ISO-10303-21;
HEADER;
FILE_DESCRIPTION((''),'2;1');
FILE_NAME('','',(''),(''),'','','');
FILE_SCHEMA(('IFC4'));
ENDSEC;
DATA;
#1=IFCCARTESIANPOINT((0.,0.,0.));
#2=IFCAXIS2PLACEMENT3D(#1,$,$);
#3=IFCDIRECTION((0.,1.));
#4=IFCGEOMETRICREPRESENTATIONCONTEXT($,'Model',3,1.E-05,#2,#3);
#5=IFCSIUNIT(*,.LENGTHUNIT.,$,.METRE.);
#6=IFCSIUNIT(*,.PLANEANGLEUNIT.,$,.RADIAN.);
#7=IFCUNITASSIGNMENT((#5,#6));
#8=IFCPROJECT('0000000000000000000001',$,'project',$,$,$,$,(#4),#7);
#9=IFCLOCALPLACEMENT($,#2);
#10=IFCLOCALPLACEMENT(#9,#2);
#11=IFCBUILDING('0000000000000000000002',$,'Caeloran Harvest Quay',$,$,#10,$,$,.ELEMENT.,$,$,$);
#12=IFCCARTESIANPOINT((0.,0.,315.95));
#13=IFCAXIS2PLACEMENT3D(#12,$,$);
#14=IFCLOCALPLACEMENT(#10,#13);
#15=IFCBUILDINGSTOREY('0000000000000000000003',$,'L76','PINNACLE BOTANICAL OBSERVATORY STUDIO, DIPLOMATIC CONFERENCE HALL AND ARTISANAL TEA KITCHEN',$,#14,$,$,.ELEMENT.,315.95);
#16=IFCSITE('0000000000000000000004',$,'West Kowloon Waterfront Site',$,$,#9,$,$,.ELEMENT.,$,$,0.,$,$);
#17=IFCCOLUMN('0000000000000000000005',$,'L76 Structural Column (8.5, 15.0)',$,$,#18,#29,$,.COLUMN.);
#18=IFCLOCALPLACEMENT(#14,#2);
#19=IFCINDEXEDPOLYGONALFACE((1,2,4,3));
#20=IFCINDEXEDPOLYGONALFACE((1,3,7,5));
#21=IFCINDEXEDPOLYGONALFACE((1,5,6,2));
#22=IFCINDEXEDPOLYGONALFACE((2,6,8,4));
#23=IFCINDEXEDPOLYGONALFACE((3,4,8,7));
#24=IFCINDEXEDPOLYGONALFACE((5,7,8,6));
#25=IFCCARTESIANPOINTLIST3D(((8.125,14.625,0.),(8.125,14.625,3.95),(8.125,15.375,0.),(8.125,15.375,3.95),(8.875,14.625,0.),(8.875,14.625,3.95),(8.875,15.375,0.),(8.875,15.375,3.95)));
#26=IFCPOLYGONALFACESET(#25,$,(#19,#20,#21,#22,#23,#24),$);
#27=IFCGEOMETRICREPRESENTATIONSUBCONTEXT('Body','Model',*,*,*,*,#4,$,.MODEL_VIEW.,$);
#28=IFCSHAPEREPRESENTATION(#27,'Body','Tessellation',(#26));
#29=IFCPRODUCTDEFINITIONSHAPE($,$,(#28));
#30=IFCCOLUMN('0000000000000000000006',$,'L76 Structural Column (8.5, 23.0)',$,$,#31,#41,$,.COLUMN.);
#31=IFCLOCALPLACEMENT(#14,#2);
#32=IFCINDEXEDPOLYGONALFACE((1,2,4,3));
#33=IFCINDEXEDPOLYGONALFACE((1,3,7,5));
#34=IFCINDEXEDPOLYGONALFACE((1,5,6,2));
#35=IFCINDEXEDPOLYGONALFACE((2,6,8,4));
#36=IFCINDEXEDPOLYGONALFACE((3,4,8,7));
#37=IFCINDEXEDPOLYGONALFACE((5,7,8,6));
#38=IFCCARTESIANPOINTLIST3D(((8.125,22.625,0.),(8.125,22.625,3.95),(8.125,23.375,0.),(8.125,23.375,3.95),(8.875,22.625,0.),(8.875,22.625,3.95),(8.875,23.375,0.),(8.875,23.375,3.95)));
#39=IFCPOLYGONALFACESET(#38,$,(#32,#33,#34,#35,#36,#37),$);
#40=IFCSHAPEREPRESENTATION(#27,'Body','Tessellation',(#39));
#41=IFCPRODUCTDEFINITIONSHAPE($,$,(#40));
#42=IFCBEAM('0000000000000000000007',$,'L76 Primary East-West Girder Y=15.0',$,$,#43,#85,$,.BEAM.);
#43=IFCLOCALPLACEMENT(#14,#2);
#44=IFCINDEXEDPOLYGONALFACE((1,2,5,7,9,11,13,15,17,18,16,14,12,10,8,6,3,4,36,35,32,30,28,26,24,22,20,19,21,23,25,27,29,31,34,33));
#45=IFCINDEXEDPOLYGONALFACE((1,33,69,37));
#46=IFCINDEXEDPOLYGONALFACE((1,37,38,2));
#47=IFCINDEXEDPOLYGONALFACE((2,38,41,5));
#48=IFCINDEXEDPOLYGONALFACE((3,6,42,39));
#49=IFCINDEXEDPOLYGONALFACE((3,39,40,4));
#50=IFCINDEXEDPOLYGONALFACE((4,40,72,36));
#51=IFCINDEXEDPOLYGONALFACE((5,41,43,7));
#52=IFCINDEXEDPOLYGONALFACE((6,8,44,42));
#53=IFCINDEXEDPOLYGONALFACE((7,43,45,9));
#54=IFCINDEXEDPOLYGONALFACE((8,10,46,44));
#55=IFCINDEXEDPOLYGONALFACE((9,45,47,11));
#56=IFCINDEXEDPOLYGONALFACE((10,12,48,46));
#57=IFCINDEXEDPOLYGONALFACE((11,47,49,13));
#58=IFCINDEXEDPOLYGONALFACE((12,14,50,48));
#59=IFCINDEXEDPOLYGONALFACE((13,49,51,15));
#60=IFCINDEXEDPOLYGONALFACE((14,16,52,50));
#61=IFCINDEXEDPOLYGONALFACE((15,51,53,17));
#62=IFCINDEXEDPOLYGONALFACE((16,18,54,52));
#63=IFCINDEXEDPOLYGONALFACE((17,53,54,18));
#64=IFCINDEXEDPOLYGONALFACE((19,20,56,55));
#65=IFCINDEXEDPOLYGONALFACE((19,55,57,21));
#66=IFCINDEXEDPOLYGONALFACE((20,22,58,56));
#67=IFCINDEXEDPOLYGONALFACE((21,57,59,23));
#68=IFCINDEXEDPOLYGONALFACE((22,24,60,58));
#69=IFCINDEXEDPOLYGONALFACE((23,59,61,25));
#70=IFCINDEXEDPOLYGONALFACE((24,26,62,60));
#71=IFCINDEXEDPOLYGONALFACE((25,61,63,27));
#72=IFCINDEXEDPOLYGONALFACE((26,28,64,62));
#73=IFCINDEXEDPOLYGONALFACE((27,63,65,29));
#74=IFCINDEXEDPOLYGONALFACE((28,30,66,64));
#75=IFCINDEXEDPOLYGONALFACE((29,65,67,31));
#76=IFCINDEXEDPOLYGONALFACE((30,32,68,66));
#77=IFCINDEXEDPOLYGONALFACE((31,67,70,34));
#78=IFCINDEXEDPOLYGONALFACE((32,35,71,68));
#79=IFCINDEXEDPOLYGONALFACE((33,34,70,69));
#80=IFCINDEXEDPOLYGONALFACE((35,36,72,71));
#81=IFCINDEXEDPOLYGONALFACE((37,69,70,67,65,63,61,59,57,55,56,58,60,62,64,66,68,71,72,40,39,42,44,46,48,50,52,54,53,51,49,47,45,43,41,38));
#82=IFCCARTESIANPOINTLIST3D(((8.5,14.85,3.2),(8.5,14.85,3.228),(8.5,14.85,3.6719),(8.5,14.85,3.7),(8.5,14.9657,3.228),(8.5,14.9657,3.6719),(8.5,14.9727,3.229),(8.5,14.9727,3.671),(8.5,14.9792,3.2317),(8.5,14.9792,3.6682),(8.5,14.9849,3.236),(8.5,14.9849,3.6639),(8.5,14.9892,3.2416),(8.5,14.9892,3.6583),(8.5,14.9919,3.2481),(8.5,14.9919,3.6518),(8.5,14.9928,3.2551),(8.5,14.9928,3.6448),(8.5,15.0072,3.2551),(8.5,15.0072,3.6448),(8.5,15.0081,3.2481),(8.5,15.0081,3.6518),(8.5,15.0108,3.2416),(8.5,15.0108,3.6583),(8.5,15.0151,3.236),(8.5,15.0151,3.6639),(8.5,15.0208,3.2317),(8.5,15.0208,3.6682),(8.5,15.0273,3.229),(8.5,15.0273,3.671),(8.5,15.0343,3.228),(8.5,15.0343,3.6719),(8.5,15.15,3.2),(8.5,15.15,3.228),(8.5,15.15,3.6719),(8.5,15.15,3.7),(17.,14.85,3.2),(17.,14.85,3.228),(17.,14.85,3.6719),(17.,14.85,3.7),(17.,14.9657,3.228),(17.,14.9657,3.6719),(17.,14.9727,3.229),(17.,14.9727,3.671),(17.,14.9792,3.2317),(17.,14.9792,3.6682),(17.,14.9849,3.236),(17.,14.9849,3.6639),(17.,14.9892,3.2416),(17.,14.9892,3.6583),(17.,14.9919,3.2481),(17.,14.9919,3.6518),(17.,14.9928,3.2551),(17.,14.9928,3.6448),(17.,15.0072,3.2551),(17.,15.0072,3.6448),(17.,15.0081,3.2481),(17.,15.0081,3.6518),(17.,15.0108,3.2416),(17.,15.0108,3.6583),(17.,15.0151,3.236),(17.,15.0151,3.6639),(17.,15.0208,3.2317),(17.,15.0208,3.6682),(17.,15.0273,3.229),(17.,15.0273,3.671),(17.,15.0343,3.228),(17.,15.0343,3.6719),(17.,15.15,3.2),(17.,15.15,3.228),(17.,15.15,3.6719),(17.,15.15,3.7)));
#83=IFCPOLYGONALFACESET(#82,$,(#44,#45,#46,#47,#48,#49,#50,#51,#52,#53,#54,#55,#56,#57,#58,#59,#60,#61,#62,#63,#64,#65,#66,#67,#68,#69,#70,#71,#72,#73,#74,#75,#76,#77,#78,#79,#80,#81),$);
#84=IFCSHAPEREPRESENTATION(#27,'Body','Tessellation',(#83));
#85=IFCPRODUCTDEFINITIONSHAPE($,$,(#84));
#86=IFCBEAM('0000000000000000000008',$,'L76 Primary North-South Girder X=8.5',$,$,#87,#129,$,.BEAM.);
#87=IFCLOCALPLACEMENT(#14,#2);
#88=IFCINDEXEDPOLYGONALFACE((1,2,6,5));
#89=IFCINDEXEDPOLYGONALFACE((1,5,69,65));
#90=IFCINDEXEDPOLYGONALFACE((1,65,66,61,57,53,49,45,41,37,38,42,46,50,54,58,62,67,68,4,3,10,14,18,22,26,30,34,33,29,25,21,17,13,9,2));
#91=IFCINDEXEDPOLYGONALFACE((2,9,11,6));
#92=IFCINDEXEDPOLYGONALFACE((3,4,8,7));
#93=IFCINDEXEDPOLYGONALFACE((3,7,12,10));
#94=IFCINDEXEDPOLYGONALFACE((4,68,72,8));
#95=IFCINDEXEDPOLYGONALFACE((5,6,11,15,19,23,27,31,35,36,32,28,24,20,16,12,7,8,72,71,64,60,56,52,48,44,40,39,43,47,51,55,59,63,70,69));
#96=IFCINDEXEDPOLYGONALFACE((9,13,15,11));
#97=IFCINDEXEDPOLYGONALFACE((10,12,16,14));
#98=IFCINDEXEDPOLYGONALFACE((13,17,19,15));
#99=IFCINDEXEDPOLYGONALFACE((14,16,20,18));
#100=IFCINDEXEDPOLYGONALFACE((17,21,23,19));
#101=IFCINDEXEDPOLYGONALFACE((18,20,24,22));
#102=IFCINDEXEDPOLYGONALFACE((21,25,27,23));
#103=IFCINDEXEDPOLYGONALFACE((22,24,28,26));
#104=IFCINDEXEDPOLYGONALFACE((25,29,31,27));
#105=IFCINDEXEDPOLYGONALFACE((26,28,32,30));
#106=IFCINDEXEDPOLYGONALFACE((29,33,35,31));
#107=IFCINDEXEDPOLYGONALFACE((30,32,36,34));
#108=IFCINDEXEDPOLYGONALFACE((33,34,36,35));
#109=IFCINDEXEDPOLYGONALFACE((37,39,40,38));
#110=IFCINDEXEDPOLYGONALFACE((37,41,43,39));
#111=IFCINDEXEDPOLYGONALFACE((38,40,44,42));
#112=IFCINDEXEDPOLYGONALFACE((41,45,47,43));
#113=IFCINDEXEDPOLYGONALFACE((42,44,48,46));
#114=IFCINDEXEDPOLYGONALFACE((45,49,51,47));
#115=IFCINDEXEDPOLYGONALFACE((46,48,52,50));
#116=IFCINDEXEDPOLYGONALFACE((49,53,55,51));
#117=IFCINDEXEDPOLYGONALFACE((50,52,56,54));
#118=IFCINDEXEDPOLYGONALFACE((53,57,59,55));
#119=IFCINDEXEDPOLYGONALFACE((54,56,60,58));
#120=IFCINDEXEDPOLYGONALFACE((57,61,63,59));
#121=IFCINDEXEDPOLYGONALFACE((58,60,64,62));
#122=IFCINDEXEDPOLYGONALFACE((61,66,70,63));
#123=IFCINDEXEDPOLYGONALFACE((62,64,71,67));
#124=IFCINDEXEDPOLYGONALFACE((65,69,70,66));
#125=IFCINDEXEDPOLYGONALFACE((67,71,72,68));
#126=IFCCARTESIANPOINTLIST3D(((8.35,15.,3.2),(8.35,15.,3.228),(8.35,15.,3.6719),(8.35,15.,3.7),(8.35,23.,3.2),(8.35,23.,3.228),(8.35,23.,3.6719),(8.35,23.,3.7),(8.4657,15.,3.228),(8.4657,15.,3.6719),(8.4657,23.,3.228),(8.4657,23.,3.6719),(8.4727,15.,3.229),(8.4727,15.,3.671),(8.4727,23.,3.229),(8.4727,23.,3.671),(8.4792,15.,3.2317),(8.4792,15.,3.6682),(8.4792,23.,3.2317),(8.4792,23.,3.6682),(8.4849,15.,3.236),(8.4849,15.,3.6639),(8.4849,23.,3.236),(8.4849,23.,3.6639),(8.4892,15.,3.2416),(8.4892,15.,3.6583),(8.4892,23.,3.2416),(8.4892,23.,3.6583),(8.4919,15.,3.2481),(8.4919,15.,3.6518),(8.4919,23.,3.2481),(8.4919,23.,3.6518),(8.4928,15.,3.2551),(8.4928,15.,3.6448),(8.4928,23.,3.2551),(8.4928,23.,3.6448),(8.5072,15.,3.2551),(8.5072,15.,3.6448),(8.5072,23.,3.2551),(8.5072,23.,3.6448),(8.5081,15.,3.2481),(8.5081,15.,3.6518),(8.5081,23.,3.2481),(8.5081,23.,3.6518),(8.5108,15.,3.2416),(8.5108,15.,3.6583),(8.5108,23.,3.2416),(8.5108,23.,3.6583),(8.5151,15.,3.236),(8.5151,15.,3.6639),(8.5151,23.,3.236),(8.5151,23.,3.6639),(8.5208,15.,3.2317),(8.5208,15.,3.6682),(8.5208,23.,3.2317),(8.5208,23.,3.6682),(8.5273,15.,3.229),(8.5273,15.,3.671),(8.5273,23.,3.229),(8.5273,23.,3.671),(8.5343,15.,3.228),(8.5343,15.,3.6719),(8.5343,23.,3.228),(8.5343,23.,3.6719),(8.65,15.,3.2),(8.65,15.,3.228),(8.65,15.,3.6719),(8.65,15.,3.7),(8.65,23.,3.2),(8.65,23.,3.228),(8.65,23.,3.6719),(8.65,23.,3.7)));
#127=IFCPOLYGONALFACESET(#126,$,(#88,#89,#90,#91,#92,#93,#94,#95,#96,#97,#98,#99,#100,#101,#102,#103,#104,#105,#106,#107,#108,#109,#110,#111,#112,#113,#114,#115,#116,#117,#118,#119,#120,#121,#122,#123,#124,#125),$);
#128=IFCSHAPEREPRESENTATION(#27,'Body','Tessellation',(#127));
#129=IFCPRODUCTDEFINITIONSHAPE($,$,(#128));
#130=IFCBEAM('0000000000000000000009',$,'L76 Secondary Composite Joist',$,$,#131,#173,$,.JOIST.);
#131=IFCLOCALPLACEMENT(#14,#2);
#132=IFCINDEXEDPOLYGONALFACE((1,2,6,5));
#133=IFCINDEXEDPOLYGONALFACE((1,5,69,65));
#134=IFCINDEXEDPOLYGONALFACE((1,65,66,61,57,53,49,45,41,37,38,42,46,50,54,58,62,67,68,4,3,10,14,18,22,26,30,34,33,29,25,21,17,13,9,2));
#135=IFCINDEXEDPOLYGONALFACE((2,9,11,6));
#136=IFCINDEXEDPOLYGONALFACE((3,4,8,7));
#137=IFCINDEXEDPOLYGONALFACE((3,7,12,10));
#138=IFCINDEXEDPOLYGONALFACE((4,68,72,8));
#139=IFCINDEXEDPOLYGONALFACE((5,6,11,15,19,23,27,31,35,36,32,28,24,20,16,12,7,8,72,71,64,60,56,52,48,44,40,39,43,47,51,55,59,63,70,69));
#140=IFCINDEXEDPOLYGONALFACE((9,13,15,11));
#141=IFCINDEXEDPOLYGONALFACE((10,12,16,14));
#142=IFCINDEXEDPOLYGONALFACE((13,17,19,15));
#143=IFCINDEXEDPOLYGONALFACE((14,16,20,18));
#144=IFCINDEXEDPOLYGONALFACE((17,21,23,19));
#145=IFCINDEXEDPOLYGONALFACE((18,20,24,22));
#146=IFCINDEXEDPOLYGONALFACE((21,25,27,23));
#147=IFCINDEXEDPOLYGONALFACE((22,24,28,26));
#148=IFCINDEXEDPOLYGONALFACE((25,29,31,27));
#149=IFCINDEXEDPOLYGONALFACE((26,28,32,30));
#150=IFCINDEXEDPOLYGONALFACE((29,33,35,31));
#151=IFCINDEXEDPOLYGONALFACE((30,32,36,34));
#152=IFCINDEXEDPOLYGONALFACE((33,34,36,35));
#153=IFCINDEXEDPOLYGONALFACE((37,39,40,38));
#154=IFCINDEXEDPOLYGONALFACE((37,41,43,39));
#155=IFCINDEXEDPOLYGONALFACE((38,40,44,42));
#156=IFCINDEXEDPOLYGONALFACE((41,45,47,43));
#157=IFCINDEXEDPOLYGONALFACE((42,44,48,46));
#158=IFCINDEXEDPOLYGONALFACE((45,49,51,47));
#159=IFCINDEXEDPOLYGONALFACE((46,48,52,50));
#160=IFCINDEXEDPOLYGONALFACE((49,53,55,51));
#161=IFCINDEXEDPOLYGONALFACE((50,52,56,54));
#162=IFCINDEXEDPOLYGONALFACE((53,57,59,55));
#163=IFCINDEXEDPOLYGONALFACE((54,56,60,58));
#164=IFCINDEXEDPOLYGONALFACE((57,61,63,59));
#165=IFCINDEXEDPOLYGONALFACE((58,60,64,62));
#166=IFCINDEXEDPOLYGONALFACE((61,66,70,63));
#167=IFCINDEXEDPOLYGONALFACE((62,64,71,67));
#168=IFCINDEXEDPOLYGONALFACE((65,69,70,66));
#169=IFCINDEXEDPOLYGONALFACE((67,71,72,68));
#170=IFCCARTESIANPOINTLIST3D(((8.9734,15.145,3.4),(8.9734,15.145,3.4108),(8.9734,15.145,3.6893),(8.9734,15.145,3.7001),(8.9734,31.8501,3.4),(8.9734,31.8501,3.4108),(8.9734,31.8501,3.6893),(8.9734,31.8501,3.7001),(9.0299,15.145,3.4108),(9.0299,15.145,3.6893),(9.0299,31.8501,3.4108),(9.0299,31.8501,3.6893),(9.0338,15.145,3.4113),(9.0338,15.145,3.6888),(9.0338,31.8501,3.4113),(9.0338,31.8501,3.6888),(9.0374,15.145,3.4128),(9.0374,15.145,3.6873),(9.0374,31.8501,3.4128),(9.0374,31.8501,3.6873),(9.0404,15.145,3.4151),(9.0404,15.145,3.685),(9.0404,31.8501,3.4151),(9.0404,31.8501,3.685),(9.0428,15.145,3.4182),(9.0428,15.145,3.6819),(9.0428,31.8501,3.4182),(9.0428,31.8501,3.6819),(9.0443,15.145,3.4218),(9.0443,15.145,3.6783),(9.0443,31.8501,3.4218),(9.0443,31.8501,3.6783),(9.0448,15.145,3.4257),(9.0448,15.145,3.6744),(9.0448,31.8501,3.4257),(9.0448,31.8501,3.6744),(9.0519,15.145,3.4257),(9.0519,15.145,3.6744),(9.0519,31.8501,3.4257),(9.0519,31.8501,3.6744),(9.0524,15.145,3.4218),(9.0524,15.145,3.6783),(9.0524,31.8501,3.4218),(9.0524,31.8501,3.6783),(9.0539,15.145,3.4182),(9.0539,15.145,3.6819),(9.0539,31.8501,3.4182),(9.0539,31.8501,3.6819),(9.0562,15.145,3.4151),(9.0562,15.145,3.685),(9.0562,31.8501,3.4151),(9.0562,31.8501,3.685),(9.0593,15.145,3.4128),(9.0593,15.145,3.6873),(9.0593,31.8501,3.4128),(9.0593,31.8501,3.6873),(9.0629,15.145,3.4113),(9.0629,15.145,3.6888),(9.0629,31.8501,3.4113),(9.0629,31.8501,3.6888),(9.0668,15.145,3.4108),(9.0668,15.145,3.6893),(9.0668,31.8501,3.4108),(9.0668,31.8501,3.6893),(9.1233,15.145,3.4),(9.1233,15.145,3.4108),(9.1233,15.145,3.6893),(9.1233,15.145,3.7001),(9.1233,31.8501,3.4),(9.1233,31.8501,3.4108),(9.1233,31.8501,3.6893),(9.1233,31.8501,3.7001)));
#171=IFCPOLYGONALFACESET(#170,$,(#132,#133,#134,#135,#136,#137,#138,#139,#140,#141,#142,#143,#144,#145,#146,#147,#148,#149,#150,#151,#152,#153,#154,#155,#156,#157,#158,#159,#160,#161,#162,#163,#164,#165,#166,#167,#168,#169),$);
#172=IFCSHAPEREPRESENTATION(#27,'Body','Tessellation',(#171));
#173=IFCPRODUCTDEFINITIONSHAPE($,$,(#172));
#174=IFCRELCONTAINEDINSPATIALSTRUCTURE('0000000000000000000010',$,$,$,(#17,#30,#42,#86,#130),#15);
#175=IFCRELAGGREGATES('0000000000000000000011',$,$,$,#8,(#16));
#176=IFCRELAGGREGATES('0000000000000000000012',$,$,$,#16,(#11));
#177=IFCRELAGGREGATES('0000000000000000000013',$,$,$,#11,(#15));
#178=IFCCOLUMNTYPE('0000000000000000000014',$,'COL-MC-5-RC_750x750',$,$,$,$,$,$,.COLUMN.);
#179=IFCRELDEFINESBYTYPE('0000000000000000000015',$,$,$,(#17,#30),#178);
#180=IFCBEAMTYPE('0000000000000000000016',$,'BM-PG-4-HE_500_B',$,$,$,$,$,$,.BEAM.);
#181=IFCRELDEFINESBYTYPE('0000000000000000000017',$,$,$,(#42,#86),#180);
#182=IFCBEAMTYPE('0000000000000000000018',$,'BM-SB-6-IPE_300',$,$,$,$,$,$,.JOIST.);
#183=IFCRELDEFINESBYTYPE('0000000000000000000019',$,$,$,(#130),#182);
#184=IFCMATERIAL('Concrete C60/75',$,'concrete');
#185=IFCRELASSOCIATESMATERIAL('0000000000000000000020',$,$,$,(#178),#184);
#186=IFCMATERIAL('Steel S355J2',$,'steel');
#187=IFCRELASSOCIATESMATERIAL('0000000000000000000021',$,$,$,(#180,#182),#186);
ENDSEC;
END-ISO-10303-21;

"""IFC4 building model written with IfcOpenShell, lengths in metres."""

from ifc_helpers import new_model, si_unit, direction, frame, origin, origin_2d, place, context, subcontext, project, spatial, rectangle, i_section, extrude, material, material_profile, profile_set, type_object, element, save


model = new_model("IFC4")

# Units and contexts
model_context = context("Model", 3, precision=1e-05, world=origin(), true_north=direction((0.0, 1.0)))
body_context = subcontext(model_context, "Body", "Model", "MODEL_VIEW")
ifc_project = project(units=[si_unit("LENGTHUNIT", "METRE"), si_unit("PLANEANGLEUNIT", "RADIAN")], contexts=[model_context])

# Site, building, storey
site_placement = place(None, origin())
site = spatial("IfcSite", under=ifc_project, at=site_placement, Name="West Kowloon Waterfront Site", CompositionType="ELEMENT", RefElevation=0.0)
building_placement = place(site_placement, origin())
building = spatial("IfcBuilding", under=site, at=building_placement, Name="Caeloran Harvest Quay", CompositionType="ELEMENT")
storey_placement = place(building_placement, frame((0.0, 0.0, 315.95)))
storey = spatial("IfcBuildingStorey", under=building, at=storey_placement, Name="L76", Description="PINNACLE BOTANICAL OBSERVATORY STUDIO, DIPLOMATIC CONFERENCE HALL AND ARTISANAL TEA KITCHEN", CompositionType="ELEMENT", Elevation=315.95)

# Columns
ifc_material_1 = material(Name="Concrete C60/75", Category="concrete")
ifc_material_profile_1 = material_profile(ifc_material_1, rectangle(XDim=0.75, YDim=0.75, at=origin_2d()), Name="RC 750x750")
ifc_profile_set_1 = profile_set([ifc_material_profile_1], Name="Concrete C60/75")
column_type = type_object("IfcColumnType", Name="COL-MC-5-RC_750x750", PredefinedType="COLUMN", material=ifc_profile_set_1)
for number, where, z_axis, x_axis, name in (
    (1, (8.5, 15.0, 0.0), (0.0, 0.0, 1.0), (1.0, 0.0, 0.0), "L76 Structural Column (8.5, 15.0)"),
    (2, (8.5, 23.0, 0.0), (0.0, 0.0, 1.0), (1.0, 0.0, 0.0), "L76 Structural Column (8.5, 23.0)"),
):
    element("IfcColumn", number, at=place(storey_placement, frame(where, z_axis=z_axis, x_axis=x_axis)), inside=storey, type_object=column_type, Name=name, PredefinedType="COLUMN", context=body_context, shape_type="SweptSolid", body=[
        extrude(rectangle(XDim=0.75, YDim=0.75, at=origin_2d()), origin(), (0.0, 0.0, 1.0), 3.95),
    ])

# Beams
ifc_material_2 = material(Name="Steel S355J2", Category="steel")
ifc_material_profile_2 = material_profile(ifc_material_2, i_section(OverallWidth=0.3, OverallDepth=0.5, WebThickness=0.0144, FlangeThickness=0.0281, FilletRadius=0.0271, at=origin_2d()), Name="HE 500 B")
ifc_profile_set_2 = profile_set([ifc_material_profile_2], Name="Steel S355J2")
beam_type_1 = type_object("IfcBeamType", Name="BM-PG-4-HE_500_B", PredefinedType="BEAM", material=ifc_profile_set_2)
beam_1_placement = place(storey_placement, frame((8.5, 15.0, 3.45), z_axis=(1.0, 0.0, 0.0), x_axis=(0.0, 1.0, 0.0)))
element("IfcBeam", 3, at=beam_1_placement, inside=storey, type_object=beam_type_1, Name="L76 Primary East-West Girder Y=15.0", PredefinedType="BEAM", context=body_context, shape_type="SweptSolid", body=[
    extrude(i_section(OverallWidth=0.3, OverallDepth=0.5, WebThickness=0.0144, FlangeThickness=0.0281, FilletRadius=0.0271, at=origin_2d()), origin(), (0.0, 0.0, 1.0), 8.5),
])
beam_2_placement = place(storey_placement, frame((8.5, 15.0, 3.45), z_axis=(0.0, 1.0, 0.0), x_axis=(-1.0, 0.0, 0.0)))
element("IfcBeam", 4, at=beam_2_placement, inside=storey, type_object=beam_type_1, Name="L76 Primary North-South Girder X=8.5", PredefinedType="BEAM", context=body_context, shape_type="SweptSolid", body=[
    extrude(i_section(OverallWidth=0.3, OverallDepth=0.5, WebThickness=0.0144, FlangeThickness=0.0281, FilletRadius=0.0271, at=origin_2d()), origin(), (0.0, 0.0, 1.0), 8.0),
])
ifc_material_profile_3 = material_profile(ifc_material_2, i_section(OverallWidth=0.1499, OverallDepth=0.3, WebThickness=0.0071, FlangeThickness=0.0107, FilletRadius=0.0149, at=origin_2d()), Name="IPE 300")
ifc_profile_set_3 = profile_set([ifc_material_profile_3], Name="Steel S355J2")
beam_type_2 = type_object("IfcBeamType", Name="BM-SB-6-IPE_300", PredefinedType="JOIST", material=ifc_profile_set_3)
for number, where, z_axis, x_axis, name in (
    (5, (9.0483, 15.145, 3.55), (0.0, 1.0, 0.0), (-1.0, 0.0, 0.0), "L76 Secondary Composite Joist"),
):
    element("IfcBeam", number, at=place(storey_placement, frame(where, z_axis=z_axis, x_axis=x_axis)), inside=storey, type_object=beam_type_2, Name=name, PredefinedType="JOIST", context=body_context, shape_type="SweptSolid", body=[
        extrude(i_section(OverallWidth=0.1499, OverallDepth=0.3, WebThickness=0.0071, FlangeThickness=0.0107, FilletRadius=0.0149, at=origin_2d()), origin(), (0.0, 0.0, 1.0), 16.7051),
    ])

save(model, "model.ifc")
